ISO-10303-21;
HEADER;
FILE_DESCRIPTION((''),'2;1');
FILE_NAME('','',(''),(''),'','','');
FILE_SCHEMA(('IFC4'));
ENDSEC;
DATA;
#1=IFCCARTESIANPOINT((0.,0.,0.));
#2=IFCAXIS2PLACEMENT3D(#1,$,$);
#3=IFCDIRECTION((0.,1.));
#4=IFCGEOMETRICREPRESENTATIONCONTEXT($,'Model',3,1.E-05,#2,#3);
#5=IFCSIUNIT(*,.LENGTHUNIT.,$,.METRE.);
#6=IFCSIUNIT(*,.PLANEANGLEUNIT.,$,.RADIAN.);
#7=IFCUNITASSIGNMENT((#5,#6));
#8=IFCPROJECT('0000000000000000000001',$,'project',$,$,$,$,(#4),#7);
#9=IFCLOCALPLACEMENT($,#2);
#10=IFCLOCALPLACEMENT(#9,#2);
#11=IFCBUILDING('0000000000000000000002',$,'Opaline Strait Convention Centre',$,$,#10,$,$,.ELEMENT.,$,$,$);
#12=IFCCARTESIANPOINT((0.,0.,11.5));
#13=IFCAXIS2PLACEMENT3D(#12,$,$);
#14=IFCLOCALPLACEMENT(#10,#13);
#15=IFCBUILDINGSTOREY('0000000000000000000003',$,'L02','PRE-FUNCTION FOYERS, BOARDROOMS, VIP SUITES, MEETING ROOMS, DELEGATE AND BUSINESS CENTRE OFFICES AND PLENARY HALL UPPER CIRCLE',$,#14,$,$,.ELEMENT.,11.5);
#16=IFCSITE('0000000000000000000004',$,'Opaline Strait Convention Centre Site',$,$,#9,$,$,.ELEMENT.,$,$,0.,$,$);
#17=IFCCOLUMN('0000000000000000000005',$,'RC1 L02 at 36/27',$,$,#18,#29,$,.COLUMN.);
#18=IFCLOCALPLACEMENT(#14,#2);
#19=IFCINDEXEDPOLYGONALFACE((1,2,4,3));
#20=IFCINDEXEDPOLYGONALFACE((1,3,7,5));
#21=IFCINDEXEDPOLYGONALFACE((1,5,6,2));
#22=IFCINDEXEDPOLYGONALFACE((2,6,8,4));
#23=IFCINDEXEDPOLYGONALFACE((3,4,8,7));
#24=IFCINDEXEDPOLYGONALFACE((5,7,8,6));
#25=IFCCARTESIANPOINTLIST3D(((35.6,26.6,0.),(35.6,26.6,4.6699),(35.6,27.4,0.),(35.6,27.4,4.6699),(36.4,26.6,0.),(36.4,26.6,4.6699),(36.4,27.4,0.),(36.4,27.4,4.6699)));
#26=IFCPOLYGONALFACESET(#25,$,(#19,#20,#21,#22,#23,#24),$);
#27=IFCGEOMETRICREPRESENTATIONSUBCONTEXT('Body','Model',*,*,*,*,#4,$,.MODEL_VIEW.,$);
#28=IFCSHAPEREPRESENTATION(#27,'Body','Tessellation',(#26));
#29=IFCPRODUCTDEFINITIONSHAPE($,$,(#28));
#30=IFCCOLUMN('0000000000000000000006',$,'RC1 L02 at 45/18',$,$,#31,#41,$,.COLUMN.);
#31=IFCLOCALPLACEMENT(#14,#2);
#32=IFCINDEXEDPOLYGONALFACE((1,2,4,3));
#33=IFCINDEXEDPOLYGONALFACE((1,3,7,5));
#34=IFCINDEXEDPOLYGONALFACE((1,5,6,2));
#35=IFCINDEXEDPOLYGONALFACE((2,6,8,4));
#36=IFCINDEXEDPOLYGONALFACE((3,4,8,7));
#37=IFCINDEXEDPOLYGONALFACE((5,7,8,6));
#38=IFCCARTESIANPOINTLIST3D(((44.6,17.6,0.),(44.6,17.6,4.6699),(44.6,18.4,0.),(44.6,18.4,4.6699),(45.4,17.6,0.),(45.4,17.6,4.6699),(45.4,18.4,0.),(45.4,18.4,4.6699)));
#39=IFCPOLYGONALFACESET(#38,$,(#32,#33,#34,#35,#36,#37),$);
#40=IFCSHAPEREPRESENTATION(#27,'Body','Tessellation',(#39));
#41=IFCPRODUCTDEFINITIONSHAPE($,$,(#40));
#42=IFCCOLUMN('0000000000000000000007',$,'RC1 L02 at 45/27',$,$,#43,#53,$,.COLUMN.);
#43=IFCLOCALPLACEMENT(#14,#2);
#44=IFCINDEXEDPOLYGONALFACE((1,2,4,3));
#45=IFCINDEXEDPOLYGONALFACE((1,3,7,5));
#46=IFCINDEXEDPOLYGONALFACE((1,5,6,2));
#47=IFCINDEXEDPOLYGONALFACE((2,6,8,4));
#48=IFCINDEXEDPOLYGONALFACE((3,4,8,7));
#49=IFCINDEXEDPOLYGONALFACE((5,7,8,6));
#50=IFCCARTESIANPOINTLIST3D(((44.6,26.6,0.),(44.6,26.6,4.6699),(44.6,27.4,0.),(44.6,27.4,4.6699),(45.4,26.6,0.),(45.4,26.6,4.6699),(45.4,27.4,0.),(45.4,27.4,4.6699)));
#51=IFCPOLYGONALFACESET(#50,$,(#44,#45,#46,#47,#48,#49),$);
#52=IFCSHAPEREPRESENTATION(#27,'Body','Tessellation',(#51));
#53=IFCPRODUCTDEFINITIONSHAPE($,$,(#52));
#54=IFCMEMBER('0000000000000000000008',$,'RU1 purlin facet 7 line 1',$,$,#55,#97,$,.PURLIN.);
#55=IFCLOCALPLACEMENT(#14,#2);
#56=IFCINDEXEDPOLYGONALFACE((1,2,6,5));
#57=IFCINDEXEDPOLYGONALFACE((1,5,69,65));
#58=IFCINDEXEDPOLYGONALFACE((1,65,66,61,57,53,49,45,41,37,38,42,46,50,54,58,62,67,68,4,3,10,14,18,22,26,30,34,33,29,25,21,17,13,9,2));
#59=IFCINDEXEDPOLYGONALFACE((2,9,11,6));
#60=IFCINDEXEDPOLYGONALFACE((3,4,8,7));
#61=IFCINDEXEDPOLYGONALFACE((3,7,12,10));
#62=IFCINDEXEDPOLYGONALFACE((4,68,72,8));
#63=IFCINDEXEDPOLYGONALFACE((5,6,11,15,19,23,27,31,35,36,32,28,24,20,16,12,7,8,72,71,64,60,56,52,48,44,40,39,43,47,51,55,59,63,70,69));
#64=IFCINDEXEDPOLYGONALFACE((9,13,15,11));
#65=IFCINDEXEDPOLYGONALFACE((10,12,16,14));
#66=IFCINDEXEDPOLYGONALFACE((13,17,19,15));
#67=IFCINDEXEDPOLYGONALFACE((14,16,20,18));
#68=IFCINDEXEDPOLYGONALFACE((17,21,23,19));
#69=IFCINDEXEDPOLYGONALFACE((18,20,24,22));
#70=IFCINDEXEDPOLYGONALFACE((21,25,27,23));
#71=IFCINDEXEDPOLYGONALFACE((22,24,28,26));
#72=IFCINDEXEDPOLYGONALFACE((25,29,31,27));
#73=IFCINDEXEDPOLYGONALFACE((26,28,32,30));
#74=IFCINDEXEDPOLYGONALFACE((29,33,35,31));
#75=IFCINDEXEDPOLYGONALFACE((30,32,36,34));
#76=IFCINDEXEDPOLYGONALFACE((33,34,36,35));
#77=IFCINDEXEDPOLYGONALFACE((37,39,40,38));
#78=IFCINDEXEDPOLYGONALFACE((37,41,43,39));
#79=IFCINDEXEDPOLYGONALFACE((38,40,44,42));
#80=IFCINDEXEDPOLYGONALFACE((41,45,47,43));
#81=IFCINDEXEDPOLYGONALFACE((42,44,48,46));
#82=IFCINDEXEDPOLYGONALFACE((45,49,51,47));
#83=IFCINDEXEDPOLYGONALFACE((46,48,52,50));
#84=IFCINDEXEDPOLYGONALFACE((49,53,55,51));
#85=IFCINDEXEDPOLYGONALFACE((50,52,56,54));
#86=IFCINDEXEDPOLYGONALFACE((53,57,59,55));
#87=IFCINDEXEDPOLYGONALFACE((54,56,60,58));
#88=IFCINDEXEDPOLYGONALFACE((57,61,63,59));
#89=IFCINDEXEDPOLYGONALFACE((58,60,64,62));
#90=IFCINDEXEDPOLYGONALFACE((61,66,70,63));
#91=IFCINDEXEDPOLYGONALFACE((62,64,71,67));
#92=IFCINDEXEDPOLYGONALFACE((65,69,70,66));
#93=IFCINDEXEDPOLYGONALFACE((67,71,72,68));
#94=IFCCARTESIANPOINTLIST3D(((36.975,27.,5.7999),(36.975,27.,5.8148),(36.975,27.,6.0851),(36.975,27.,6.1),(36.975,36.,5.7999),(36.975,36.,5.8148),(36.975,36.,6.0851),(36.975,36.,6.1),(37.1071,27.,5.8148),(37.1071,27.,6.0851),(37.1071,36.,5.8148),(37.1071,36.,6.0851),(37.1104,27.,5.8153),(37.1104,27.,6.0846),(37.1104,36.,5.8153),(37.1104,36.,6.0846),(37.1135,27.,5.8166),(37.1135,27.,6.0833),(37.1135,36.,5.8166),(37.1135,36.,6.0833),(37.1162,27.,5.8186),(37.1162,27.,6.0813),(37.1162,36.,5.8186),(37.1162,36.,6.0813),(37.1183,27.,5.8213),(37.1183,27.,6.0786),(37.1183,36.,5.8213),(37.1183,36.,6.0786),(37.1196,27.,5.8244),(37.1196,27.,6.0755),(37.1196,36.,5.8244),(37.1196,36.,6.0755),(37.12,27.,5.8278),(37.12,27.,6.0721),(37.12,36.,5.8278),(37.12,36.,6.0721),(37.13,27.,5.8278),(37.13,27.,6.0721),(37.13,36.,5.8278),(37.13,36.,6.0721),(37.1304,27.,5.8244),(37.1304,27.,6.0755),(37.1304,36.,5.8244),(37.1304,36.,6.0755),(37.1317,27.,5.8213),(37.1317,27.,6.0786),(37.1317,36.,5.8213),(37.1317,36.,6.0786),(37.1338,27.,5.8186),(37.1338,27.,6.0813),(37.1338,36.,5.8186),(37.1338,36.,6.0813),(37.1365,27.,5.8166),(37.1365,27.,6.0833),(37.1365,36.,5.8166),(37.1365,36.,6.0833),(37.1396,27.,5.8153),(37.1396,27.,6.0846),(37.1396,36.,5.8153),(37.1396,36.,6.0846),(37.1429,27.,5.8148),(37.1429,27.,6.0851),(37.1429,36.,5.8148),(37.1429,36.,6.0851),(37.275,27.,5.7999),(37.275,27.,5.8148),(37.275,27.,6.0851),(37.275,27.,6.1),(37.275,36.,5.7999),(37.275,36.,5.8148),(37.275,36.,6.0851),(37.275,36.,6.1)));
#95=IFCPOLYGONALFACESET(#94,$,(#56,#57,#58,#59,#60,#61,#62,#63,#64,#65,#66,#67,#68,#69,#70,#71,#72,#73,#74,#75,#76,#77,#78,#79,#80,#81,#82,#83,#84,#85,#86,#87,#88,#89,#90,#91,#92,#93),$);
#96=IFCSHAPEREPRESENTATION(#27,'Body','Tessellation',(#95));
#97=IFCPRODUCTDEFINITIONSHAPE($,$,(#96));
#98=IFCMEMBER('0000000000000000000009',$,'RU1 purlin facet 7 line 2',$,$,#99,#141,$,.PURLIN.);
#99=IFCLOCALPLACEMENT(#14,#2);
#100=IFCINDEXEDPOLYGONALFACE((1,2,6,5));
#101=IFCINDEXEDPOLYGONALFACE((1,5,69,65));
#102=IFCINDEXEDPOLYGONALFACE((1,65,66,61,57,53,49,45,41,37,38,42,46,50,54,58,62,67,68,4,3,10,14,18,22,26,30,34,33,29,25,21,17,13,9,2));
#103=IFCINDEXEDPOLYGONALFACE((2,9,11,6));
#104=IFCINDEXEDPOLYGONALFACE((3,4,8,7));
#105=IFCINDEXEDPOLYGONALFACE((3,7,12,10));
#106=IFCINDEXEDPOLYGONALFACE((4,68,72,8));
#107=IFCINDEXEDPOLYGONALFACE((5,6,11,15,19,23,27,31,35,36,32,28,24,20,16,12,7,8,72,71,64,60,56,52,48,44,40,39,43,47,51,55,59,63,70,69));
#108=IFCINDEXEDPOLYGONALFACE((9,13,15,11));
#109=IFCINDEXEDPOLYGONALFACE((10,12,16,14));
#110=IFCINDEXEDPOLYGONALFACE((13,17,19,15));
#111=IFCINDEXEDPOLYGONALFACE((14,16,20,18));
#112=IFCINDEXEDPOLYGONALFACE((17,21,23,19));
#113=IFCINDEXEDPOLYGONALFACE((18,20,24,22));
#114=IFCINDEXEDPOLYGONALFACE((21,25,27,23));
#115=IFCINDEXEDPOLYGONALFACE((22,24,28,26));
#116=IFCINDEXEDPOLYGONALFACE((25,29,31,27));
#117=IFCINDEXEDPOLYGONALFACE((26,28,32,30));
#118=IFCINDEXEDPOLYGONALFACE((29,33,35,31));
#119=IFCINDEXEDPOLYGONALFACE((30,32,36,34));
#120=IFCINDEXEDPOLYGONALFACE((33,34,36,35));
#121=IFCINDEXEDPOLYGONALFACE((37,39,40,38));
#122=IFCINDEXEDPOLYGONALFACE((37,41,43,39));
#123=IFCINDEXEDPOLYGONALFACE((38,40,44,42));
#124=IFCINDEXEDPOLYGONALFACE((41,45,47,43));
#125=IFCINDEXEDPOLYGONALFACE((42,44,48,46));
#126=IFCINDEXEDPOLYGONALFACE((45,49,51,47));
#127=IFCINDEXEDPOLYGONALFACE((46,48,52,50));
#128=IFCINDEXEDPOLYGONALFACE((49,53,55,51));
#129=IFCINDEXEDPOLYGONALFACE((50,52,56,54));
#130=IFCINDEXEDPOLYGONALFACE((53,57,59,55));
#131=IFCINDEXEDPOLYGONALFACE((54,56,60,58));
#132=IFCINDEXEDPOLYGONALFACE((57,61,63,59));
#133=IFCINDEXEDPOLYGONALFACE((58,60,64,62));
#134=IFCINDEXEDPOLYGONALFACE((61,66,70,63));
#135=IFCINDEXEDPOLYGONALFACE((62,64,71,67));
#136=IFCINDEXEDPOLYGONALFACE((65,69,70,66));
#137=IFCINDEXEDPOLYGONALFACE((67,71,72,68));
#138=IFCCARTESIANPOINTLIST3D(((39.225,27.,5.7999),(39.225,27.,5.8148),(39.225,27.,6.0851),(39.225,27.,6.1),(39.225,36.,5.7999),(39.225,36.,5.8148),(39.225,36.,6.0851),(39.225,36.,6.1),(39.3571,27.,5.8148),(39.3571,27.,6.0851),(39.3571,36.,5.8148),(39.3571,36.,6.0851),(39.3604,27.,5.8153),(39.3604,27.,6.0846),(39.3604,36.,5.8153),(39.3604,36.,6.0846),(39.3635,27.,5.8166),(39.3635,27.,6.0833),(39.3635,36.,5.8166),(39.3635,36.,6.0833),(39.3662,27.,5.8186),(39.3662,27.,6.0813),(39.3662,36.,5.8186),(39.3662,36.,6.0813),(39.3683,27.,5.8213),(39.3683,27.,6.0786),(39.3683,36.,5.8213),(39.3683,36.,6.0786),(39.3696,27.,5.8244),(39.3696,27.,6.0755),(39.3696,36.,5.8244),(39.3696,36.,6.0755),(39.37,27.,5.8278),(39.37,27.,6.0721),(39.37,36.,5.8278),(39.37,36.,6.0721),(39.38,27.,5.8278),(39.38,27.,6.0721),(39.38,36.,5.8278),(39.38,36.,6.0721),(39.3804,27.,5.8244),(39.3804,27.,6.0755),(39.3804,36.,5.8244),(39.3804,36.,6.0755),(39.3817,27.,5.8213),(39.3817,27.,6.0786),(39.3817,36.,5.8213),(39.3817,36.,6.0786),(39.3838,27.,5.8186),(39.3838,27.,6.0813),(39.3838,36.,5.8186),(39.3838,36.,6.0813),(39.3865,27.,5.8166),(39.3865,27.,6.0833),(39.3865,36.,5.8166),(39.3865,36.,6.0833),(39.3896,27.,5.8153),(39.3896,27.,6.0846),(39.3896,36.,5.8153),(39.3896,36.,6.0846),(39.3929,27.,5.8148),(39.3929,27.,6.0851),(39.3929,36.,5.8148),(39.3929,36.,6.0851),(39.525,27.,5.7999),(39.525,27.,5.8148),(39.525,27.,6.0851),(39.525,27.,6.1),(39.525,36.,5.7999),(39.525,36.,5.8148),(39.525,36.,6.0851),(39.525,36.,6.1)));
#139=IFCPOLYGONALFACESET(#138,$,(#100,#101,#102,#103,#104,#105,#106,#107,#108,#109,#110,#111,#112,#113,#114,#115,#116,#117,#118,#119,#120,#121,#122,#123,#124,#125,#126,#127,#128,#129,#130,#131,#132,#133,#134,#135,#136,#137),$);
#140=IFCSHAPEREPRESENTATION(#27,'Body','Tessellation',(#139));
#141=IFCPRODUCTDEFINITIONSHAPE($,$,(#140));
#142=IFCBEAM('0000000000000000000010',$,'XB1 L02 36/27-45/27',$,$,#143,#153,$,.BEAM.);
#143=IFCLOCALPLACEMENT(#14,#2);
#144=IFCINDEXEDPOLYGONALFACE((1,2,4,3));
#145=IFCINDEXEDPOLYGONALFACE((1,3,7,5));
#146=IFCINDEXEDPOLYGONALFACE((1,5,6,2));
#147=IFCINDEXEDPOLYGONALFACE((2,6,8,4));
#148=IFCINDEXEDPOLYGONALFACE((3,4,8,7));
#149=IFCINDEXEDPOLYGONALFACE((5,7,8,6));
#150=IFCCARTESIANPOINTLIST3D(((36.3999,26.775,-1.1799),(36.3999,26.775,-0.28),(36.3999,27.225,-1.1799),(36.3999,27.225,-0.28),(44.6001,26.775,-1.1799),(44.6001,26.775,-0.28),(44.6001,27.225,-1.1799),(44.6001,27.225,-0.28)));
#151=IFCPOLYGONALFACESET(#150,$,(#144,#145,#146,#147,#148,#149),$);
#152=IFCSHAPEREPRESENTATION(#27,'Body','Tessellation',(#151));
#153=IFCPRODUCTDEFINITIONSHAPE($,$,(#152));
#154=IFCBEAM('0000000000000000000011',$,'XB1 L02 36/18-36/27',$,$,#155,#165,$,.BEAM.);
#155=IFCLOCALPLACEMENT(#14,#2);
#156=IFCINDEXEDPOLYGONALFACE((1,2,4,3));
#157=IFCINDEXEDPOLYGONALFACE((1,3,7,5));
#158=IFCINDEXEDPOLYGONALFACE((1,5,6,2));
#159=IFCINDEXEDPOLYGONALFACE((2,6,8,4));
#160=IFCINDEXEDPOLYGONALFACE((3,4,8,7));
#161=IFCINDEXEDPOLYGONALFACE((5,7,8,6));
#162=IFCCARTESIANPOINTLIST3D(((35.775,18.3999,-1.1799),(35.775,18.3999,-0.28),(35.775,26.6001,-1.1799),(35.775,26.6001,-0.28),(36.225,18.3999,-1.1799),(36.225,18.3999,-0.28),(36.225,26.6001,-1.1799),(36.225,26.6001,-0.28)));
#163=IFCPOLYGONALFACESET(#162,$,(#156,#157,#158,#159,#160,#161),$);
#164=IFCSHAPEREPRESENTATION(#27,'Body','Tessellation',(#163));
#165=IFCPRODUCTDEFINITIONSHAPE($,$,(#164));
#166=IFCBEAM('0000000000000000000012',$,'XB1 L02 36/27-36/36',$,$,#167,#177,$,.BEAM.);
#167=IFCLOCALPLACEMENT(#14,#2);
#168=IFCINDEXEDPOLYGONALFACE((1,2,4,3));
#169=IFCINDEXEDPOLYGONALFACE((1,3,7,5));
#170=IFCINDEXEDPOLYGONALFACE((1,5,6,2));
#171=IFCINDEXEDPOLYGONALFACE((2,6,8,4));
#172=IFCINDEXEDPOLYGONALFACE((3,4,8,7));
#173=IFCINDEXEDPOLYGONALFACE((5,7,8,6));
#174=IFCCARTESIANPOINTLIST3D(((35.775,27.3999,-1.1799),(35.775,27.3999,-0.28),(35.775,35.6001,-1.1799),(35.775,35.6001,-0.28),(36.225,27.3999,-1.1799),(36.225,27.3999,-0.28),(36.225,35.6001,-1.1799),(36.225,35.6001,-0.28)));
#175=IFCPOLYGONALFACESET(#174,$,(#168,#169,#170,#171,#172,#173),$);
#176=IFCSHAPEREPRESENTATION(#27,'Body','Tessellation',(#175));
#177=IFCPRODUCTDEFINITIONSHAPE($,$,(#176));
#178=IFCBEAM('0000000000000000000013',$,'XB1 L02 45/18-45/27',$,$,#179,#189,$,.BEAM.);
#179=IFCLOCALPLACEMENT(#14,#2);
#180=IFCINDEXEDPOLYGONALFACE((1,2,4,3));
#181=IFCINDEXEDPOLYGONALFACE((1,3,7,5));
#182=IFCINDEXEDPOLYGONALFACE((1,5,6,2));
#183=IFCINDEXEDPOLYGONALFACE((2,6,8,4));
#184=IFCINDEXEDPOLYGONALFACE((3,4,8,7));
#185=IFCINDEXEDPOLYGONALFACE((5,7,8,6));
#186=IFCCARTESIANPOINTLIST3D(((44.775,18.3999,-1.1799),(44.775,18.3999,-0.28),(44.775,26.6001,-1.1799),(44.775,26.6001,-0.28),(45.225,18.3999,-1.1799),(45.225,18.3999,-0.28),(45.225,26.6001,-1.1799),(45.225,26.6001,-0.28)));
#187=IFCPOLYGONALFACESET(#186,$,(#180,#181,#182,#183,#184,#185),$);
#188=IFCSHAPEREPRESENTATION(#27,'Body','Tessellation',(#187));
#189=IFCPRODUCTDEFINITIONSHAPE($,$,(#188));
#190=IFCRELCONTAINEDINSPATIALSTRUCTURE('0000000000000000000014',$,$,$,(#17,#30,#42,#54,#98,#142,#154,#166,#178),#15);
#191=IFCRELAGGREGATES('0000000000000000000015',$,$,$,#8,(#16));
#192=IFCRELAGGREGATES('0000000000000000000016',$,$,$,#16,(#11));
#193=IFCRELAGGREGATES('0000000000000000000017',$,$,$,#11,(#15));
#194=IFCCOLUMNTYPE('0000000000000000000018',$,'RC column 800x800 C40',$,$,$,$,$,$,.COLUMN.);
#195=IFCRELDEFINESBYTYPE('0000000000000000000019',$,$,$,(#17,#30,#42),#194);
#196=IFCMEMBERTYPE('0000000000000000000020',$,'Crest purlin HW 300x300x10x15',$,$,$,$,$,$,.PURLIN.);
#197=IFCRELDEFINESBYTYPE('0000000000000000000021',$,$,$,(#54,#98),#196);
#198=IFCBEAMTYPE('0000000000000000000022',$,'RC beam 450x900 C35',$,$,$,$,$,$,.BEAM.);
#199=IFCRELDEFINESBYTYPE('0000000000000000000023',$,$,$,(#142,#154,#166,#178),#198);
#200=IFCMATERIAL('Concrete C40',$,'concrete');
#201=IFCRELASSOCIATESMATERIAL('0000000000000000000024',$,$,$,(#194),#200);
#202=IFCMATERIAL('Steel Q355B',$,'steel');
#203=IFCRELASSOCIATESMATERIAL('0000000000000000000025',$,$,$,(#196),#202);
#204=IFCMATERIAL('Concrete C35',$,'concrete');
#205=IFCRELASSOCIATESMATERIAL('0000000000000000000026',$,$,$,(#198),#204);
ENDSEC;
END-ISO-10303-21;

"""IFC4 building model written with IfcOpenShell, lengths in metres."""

from ifc_helpers import new_model, si_unit, direction, frame, origin, origin_2d, place, context, subcontext, project, spatial, rectangle, i_section, extrude, material, material_profile, profile_set, type_object, element, save


model = new_model("IFC4")

# Units and contexts
model_context = context("Model", 3, precision=1e-05, world=origin(), true_north=direction((0.0, 1.0)))
body_context = subcontext(model_context, "Body", "Model", "MODEL_VIEW")
ifc_project = project(units=[si_unit("LENGTHUNIT", "METRE"), si_unit("PLANEANGLEUNIT", "RADIAN")], contexts=[model_context])

# Site, building, storey
site_placement = place(None, origin())
site = spatial("IfcSite", under=ifc_project, at=site_placement, Name="Opaline Strait Convention Centre Site", CompositionType="ELEMENT", RefElevation=0.0)
building_placement = place(site_placement, origin())
building = spatial("IfcBuilding", under=site, at=building_placement, Name="Opaline Strait Convention Centre", CompositionType="ELEMENT")
storey_placement = place(building_placement, frame((0.0, 0.0, 11.5)))
storey = spatial("IfcBuildingStorey", under=building, at=storey_placement, Name="L02", Description="PRE-FUNCTION FOYERS, BOARDROOMS, VIP SUITES, MEETING ROOMS, DELEGATE AND BUSINESS CENTRE OFFICES AND PLENARY HALL UPPER CIRCLE", CompositionType="ELEMENT", Elevation=11.5)

# Columns
ifc_material_1 = material(Name="Concrete C40", Category="concrete")
ifc_material_profile_1 = material_profile(ifc_material_1, rectangle(XDim=0.8, YDim=0.8, at=origin_2d()), Name="RC 800x800")
ifc_profile_set_1 = profile_set([ifc_material_profile_1], Name="Concrete C40")
column_type = type_object("IfcColumnType", Name="RC column 800x800 C40", PredefinedType="COLUMN", material=ifc_profile_set_1)
for number, where, z_axis, x_axis, name in (
    (1, (36.0, 27.0, 0.0), (0.0, 0.0, 1.0), (1.0, 0.0, 0.0), "RC1 L02 at 36/27"),
    (2, (45.0, 18.0, 0.0), (0.0, 0.0, 1.0), (1.0, 0.0, 0.0), "RC1 L02 at 45/18"),
    (3, (45.0, 27.0, 0.0), (0.0, 0.0, 1.0), (1.0, 0.0, 0.0), "RC1 L02 at 45/27"),
):
    element("IfcColumn", number, at=place(storey_placement, frame(where, z_axis=z_axis, x_axis=x_axis)), inside=storey, type_object=column_type, Name=name, PredefinedType="COLUMN", context=body_context, shape_type="SweptSolid", body=[
        extrude(rectangle(XDim=0.8, YDim=0.8, at=origin_2d()), origin(), (0.0, 0.0, 1.0), 4.6699),
    ])

# Members
ifc_material_2 = material(Name="Steel Q355B", Category="steel")
ifc_material_profile_2 = material_profile(ifc_material_2, i_section(OverallWidth=0.3, OverallDepth=0.3, WebThickness=0.01, FlangeThickness=0.0149, FilletRadius=0.0129, at=origin_2d()), Name="HW 300x300x10x15")
ifc_profile_set_2 = profile_set([ifc_material_profile_2], Name="Steel Q355B")
member_type_1 = type_object("IfcMemberType", Name="Crest purlin HW 300x300x10x15", PredefinedType="PURLIN", material=ifc_profile_set_2)
for number, where, z_axis, x_axis, name in (
    (4, (37.125, 27.0, 5.95), (0.0, 1.0, 0.0), (-1.0, 0.0, 0.0), "RU1 purlin facet 7 line 1"),
    (5, (39.375, 27.0, 5.95), (0.0, 1.0, 0.0), (-1.0, 0.0, 0.0), "RU1 purlin facet 7 line 2"),
):
    element("IfcMember", number, at=place(storey_placement, frame(where, z_axis=z_axis, x_axis=x_axis)), inside=storey, type_object=member_type_1, Name=name, PredefinedType="PURLIN", context=body_context, shape_type="SweptSolid", body=[
        extrude(i_section(OverallWidth=0.3, OverallDepth=0.3, WebThickness=0.01, FlangeThickness=0.0149, FilletRadius=0.0129, at=origin_2d()), origin(), (0.0, 0.0, 1.0), 9.0),
    ])

# Beams
ifc_material_3 = material(Name="Concrete C35", Category="concrete")
ifc_material_profile_3 = material_profile(ifc_material_3, rectangle(XDim=0.45, YDim=0.8999, at=origin_2d()), Name="RC 450x900")
ifc_profile_set_3 = profile_set([ifc_material_profile_3], Name="Concrete C35")
beam_type = type_object("IfcBeamType", Name="RC beam 450x900 C35", PredefinedType="BEAM", material=ifc_profile_set_3)
for number, where, z_axis, x_axis, name in (
    (6, (36.3999, 27.0, -0.73), (1.0, 0.0, 0.0), (0.0, 1.0, 0.0), "XB1 L02 36/27-45/27"),
    (7, (36.0, 18.3999, -0.73), (0.0, 1.0, 0.0), (-1.0, 0.0, 0.0), "XB1 L02 36/18-36/27"),
    (8, (36.0, 27.3999, -0.73), (0.0, 1.0, 0.0), (-1.0, 0.0, 0.0), "XB1 L02 36/27-36/36"),
    (9, (45.0, 18.3999, -0.73), (0.0, 1.0, 0.0), (-1.0, 0.0, 0.0), "XB1 L02 45/18-45/27"),
):
    element("IfcBeam", number, at=place(storey_placement, frame(where, z_axis=z_axis, x_axis=x_axis)), inside=storey, type_object=beam_type, Name=name, PredefinedType="BEAM", context=body_context, shape_type="SweptSolid", body=[
        extrude(rectangle(XDim=0.45, YDim=0.8999, at=origin_2d()), origin(), (0.0, 0.0, 1.0), 8.2002),
    ])

save(model, "model.ifc")
